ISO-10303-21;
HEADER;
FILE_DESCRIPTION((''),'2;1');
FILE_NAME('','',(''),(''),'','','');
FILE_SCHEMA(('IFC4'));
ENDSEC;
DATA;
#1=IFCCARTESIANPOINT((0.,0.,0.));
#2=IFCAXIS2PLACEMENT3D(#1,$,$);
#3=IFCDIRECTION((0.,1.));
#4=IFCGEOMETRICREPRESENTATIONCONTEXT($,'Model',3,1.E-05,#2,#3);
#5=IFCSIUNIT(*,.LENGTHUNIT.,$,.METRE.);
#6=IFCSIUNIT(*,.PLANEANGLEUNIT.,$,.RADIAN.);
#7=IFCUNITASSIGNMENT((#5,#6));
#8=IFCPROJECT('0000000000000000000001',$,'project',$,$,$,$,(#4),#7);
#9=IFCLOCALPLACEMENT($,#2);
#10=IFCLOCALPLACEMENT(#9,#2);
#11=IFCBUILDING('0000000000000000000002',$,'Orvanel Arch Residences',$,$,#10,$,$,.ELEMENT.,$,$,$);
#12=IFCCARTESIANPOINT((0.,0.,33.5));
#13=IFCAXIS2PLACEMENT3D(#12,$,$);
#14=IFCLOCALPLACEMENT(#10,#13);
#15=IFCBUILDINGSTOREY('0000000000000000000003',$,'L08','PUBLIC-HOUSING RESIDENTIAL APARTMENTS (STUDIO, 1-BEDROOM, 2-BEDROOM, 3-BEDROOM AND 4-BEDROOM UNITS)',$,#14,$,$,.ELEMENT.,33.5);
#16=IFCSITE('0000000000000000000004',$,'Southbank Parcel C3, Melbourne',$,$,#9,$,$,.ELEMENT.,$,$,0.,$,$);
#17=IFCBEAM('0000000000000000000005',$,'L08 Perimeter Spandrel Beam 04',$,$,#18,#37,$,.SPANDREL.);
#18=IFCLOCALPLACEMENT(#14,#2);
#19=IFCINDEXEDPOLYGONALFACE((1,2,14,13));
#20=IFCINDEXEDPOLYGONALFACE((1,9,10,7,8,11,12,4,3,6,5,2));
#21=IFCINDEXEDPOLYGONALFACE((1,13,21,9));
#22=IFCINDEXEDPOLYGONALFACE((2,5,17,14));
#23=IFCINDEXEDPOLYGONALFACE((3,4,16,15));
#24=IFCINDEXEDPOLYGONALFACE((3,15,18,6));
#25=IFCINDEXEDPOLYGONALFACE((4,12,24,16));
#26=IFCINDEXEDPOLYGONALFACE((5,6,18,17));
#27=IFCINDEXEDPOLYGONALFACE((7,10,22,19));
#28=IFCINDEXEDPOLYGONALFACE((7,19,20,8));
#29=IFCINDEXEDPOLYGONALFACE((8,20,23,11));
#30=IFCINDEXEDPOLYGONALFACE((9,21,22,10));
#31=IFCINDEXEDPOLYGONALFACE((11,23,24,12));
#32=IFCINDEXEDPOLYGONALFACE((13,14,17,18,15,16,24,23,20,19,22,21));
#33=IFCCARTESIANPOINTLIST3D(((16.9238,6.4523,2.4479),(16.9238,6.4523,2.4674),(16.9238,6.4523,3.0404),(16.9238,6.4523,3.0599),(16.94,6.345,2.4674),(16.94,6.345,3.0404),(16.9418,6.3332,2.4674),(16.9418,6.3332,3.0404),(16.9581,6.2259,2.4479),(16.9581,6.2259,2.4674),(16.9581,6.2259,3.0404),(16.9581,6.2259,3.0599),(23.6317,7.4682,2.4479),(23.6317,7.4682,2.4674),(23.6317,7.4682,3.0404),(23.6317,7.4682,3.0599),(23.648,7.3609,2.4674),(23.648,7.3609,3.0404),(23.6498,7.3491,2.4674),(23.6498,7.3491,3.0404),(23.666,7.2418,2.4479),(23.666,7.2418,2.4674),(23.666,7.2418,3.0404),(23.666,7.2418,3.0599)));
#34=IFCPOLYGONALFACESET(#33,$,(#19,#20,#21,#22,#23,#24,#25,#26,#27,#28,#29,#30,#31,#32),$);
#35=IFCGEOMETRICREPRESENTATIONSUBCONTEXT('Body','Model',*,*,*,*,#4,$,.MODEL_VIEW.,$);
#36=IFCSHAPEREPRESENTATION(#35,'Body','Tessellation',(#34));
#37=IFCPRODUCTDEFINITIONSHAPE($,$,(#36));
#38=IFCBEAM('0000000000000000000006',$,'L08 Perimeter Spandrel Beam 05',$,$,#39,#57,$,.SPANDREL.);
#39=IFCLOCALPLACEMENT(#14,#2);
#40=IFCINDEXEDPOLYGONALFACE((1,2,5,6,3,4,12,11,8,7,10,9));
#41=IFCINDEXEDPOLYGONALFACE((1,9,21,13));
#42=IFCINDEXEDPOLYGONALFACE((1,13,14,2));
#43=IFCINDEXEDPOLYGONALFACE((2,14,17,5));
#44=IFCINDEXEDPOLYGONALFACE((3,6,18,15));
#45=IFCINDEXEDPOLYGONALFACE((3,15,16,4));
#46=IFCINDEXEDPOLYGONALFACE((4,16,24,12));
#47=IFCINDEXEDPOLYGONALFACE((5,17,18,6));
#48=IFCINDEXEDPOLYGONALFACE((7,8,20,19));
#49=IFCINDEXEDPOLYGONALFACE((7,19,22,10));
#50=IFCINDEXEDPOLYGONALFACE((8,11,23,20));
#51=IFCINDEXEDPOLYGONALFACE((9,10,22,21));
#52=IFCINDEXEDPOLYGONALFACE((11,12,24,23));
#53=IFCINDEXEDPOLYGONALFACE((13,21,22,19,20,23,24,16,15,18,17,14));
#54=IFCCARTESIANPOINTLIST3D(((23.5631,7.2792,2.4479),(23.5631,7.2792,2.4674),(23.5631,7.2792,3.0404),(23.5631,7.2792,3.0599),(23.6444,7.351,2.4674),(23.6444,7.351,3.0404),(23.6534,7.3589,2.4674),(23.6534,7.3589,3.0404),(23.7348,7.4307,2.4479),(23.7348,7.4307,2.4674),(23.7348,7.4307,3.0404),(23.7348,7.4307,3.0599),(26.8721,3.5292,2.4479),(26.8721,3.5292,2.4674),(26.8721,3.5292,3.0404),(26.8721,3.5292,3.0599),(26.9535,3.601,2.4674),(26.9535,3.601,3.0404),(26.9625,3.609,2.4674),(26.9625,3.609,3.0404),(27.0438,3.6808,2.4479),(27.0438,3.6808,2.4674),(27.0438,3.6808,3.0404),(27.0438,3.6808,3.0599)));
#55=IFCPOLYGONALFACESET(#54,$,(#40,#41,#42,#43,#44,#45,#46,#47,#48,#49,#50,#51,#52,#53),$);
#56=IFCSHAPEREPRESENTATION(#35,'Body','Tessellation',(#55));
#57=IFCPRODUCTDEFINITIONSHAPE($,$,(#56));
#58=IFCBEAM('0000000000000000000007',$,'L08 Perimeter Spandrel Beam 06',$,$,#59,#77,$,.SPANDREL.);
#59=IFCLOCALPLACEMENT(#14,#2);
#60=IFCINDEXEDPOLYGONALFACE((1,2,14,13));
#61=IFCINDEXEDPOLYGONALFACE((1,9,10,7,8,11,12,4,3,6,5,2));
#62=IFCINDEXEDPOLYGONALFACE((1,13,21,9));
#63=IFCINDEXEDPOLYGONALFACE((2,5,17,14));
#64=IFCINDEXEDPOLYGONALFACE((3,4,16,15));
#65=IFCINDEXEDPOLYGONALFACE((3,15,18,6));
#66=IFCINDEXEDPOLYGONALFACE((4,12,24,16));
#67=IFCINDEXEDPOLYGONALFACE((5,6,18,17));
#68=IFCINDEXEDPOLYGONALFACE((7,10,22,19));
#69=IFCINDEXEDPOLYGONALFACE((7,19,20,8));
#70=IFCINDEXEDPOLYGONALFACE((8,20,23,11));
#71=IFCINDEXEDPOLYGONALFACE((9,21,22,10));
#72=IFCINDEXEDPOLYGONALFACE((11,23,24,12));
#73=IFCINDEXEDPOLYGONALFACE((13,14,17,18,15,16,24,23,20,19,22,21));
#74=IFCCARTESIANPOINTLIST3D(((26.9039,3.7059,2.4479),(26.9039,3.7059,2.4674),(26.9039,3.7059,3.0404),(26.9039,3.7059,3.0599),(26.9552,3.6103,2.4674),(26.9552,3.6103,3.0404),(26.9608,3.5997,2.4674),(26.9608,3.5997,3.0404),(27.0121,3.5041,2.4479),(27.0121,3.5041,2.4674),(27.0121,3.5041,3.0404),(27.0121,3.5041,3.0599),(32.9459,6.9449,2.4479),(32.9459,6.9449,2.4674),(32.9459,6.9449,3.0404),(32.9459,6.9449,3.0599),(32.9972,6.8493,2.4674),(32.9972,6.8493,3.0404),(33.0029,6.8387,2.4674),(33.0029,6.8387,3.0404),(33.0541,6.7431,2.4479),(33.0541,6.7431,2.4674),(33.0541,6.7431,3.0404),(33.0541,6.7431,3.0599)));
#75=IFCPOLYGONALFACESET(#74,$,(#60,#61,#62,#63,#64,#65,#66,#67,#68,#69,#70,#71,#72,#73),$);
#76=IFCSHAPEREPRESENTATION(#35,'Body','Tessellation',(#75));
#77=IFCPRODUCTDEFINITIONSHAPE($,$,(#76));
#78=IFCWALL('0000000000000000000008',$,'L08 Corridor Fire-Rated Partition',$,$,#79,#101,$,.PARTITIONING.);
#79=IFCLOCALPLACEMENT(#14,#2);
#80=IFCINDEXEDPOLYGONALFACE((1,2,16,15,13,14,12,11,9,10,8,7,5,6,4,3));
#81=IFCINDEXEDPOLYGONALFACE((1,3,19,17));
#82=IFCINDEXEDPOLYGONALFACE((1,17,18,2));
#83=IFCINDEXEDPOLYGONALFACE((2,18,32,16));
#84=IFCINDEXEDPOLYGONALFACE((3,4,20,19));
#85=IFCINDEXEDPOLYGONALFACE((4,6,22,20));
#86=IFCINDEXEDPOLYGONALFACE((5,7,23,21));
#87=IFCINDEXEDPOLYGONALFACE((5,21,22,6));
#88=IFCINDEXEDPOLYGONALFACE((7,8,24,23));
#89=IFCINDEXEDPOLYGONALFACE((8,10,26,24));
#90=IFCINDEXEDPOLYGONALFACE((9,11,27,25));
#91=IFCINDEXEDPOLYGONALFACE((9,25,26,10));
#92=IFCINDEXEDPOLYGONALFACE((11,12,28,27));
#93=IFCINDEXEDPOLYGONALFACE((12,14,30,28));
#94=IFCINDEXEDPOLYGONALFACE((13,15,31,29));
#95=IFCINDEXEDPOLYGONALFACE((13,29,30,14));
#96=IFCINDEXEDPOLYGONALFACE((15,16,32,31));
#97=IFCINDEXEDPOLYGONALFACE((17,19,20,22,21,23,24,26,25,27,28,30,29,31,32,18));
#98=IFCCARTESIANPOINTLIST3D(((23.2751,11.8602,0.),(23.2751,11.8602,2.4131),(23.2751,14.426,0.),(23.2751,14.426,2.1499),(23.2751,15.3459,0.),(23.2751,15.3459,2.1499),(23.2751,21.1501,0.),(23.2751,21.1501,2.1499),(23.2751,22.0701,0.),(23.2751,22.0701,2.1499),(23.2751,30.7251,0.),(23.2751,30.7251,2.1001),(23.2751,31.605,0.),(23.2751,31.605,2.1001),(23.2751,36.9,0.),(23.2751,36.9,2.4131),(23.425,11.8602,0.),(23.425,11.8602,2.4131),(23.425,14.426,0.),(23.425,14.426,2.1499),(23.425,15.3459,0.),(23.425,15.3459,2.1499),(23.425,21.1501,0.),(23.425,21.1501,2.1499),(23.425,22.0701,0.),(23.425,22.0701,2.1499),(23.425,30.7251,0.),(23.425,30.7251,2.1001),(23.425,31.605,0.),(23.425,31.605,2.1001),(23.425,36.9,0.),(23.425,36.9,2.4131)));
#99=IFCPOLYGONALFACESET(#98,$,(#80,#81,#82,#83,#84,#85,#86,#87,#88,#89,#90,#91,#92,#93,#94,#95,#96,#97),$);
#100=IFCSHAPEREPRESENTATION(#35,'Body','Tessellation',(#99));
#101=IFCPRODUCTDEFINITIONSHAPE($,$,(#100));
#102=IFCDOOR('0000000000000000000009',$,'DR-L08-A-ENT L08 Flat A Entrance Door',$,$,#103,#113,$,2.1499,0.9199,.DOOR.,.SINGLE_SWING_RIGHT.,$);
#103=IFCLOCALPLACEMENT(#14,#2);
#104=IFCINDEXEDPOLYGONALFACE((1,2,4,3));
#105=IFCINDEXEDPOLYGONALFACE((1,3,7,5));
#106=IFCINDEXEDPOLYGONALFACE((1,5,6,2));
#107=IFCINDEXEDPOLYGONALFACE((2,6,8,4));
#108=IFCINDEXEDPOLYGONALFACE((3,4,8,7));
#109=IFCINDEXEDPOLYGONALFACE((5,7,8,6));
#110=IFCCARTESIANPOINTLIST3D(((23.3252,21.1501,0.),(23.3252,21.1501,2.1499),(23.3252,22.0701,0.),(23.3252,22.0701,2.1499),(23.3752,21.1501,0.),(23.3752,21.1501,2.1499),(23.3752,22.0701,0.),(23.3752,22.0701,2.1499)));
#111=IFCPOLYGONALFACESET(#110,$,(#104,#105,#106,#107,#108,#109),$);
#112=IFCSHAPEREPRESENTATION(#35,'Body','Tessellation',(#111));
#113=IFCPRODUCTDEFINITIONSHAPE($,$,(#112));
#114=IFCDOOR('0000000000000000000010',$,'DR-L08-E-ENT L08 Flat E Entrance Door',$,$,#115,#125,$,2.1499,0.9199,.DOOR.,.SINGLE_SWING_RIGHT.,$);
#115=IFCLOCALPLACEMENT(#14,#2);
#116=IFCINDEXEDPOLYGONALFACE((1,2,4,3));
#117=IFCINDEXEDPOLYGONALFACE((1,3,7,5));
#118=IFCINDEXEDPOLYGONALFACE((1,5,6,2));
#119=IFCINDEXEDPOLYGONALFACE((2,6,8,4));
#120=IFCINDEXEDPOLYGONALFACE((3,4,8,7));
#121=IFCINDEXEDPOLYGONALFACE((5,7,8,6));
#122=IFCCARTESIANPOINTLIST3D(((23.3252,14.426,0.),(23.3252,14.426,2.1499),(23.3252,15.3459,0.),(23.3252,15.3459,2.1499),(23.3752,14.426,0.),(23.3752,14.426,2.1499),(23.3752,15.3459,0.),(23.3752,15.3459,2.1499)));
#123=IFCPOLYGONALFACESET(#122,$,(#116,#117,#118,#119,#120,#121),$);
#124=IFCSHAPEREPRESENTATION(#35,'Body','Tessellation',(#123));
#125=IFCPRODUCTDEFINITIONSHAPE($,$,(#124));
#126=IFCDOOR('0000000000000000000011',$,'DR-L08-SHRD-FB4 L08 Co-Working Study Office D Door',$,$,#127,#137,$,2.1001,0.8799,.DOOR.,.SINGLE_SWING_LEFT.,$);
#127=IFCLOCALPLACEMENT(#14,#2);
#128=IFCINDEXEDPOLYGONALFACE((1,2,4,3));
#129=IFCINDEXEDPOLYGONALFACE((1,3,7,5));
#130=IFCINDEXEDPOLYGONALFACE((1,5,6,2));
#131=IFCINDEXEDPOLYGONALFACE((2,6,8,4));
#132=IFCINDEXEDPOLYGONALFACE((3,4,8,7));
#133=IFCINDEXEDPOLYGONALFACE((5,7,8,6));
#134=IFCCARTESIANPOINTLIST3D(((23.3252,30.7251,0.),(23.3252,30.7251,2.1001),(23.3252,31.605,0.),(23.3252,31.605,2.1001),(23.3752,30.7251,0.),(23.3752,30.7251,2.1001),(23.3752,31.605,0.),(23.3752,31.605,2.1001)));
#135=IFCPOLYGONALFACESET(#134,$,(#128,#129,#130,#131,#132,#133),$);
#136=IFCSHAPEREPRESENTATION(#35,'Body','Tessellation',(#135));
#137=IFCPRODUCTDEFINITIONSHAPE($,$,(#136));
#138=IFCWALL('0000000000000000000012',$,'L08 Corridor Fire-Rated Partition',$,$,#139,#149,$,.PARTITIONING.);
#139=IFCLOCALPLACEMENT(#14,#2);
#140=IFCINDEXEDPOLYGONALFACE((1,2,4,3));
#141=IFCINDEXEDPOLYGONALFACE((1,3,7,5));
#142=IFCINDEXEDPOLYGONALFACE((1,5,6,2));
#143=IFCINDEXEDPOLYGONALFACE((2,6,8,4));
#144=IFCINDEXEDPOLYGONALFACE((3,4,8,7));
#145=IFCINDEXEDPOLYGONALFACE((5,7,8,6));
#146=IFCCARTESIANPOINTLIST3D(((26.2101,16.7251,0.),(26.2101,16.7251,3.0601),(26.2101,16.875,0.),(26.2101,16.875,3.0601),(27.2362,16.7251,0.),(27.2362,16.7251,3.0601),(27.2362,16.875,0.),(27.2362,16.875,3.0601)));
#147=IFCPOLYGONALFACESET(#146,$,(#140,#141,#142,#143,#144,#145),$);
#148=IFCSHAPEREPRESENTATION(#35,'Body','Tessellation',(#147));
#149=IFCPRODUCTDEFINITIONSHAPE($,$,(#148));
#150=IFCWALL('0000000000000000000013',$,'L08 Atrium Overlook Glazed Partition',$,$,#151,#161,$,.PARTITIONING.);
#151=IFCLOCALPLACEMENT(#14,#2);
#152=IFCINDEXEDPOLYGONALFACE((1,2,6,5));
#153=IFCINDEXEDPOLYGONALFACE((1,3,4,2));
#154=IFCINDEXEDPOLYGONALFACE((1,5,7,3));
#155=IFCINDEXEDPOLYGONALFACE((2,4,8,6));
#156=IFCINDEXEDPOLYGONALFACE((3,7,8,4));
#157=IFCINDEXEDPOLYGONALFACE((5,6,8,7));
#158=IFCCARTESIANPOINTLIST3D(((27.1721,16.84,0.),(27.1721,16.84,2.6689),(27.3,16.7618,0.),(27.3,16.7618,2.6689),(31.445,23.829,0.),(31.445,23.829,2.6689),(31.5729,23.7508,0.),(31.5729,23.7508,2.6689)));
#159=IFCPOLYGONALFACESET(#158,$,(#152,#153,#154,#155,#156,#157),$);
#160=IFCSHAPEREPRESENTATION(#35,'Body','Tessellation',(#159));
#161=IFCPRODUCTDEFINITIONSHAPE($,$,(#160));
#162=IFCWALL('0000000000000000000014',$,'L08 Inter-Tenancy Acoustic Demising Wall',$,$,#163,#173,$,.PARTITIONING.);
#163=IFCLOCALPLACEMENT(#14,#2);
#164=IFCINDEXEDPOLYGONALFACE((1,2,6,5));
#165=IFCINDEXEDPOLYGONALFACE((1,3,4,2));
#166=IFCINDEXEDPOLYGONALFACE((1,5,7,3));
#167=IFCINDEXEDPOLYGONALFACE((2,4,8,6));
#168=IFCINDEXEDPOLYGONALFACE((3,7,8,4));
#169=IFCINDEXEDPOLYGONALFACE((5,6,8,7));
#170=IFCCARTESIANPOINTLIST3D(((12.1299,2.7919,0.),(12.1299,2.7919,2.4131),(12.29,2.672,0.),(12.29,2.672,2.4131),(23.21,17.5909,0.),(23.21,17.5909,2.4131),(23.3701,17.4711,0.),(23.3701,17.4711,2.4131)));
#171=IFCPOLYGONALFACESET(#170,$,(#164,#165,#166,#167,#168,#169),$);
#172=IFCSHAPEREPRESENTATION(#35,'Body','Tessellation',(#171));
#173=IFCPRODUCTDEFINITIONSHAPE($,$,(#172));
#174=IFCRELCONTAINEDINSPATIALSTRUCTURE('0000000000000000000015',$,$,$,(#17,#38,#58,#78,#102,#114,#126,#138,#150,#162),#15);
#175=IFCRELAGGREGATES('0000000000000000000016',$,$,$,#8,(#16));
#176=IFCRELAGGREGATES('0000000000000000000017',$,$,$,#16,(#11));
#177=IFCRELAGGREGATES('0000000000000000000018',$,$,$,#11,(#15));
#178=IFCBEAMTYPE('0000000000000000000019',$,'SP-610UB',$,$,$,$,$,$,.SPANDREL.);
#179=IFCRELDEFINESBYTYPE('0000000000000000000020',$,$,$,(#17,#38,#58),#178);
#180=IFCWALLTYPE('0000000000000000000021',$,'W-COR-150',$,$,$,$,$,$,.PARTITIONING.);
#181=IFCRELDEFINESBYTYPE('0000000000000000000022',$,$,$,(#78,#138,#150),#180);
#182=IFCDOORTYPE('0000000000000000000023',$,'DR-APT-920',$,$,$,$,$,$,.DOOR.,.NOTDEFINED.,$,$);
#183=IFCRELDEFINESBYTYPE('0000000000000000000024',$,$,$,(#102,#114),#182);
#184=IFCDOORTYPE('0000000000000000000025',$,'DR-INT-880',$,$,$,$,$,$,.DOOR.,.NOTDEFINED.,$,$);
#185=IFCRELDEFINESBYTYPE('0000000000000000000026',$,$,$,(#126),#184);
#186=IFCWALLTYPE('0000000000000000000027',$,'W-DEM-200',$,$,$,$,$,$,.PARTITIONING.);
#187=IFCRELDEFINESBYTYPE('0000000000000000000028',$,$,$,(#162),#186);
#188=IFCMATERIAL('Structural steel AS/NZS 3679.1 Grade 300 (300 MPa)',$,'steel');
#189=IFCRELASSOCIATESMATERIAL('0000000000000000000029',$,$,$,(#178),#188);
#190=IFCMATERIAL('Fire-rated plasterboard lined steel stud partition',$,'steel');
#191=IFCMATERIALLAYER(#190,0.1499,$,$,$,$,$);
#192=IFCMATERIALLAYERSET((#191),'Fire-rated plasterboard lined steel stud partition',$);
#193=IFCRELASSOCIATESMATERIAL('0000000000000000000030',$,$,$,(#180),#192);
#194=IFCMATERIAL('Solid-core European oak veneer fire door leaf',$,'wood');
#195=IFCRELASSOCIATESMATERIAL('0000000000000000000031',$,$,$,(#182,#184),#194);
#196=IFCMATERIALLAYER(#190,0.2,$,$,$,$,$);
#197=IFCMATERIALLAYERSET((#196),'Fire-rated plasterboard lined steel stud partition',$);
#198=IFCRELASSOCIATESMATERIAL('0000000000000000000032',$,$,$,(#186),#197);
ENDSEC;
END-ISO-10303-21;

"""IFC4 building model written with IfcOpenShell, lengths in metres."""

from ifc_helpers import new_model, si_unit, direction, frame, frame_2d, origin, origin_2d, place, context, subcontext, project, spatial, rectangle, i_section, extrude, material, layer, layer_set, material_profile, profile_set, type_object, element, fill, save


model = new_model("IFC4")

# Units and contexts
model_context = context("Model", 3, precision=1e-05, world=origin(), true_north=direction((0.0, 1.0)))
body_context = subcontext(model_context, "Body", "Model", "MODEL_VIEW")
ifc_project = project(units=[si_unit("LENGTHUNIT", "METRE"), si_unit("PLANEANGLEUNIT", "RADIAN")], contexts=[model_context])

# Site, building, storey
site_placement = place(None, origin())
site = spatial("IfcSite", under=ifc_project, at=site_placement, Name="Southbank Parcel C3, Melbourne", CompositionType="ELEMENT", RefElevation=0.0)
building_placement = place(site_placement, origin())
building = spatial("IfcBuilding", under=site, at=building_placement, Name="Orvanel Arch Residences", CompositionType="ELEMENT")
storey_placement = place(building_placement, frame((0.0, 0.0, 33.5)))
storey = spatial("IfcBuildingStorey", under=building, at=storey_placement, Name="L08", Description="PUBLIC-HOUSING RESIDENTIAL APARTMENTS (STUDIO, 1-BEDROOM, 2-BEDROOM, 3-BEDROOM AND 4-BEDROOM UNITS)", CompositionType="ELEMENT", Elevation=33.5)

# Beams
ifc_material_1 = material(Name="Structural steel AS/NZS 3679.1 Grade 300 (300 MPa)", Category="steel")
ifc_material_profile_1 = material_profile(ifc_material_1, i_section(OverallWidth=0.229, OverallDepth=0.6121, WebThickness=0.012, FlangeThickness=0.0195, at=origin_2d()), Name="610UB125")
ifc_profile_set_1 = profile_set([ifc_material_profile_1], Name="Structural steel AS/NZS 3679.1 Grade 300 (300 MPa)")
beam_type = type_object("IfcBeamType", Name="SP-610UB", PredefinedType="SPANDREL", material=ifc_profile_set_1)
beam_1_placement = place(storey_placement, frame((16.9409, 6.3391, 2.7539), z_axis=(0.988726, 0.149734, 0.0), x_axis=(-0.149734, 0.988726, 0.0)))
element("IfcBeam", 1, at=beam_1_placement, inside=storey, type_object=beam_type, Name="L08 Perimeter Spandrel Beam 04", PredefinedType="SPANDREL", context=body_context, shape_type="SweptSolid", body=[
    extrude(i_section(OverallWidth=0.229, OverallDepth=0.6121, WebThickness=0.012, FlangeThickness=0.0195, at=origin_2d()), origin(), (0.0, 0.0, 1.0), 6.7844),
])
beam_2_placement = place(storey_placement, frame((23.6489, 7.355, 2.7539), z_axis=(0.661651, -0.749812, 0.0), x_axis=(0.749812, 0.661651, 0.0)))
element("IfcBeam", 2, at=beam_2_placement, inside=storey, type_object=beam_type, Name="L08 Perimeter Spandrel Beam 05", PredefinedType="SPANDREL", context=body_context, shape_type="SweptSolid", body=[
    extrude(i_section(OverallWidth=0.229, OverallDepth=0.6121, WebThickness=0.012, FlangeThickness=0.0195, at=origin_2d()), origin(), (0.0, 0.0, 1.0), 5.0012),
])
beam_3_placement = place(storey_placement, frame((26.958, 3.605, 2.7539), z_axis=(0.881344, 0.472474, 0.0), x_axis=(-0.472474, 0.881344, 0.0)))
element("IfcBeam", 3, at=beam_3_placement, inside=storey, type_object=beam_type, Name="L08 Perimeter Spandrel Beam 06", PredefinedType="SPANDREL", context=body_context, shape_type="SweptSolid", body=[
    extrude(i_section(OverallWidth=0.229, OverallDepth=0.6121, WebThickness=0.012, FlangeThickness=0.0195, at=origin_2d()), origin(), (0.0, 0.0, 1.0), 6.8555),
])

# Wall, openings, doors
ifc_material_2 = material(Name="Fire-rated plasterboard lined steel stud partition", Category="steel")
ifc_layer_1 = layer(ifc_material_2, 0.1499)
ifc_layer_set_1 = layer_set([ifc_layer_1], Name="Fire-rated plasterboard lined steel stud partition")
wall_type_1 = type_object("IfcWallType", Name="W-COR-150", PredefinedType="PARTITIONING", material=ifc_layer_set_1)
wall_1_placement = place(storey_placement, frame((23.3501, 11.8601, 0.0), z_axis=(0.0, 0.0, 1.0), x_axis=(0.0, 1.0, 0.0)))
wall_1 = element("IfcWall", 4, at=wall_1_placement, inside=storey, type_object=wall_type_1, Name="L08 Corridor Fire-Rated Partition", PredefinedType="PARTITIONING", context=body_context, shape_type="SweptSolid", body=[
    extrude(rectangle(XDim=25.0398, YDim=0.1499, at=frame_2d((12.52, 0.0))), origin(), (0.0, 0.0, 1.0), 2.4131),
])
opening_1_placement = place(wall_1_placement, frame((9.29, 0.0, 0.0)))
opening_1 = element("IfcOpeningElement", 5, at=opening_1_placement, cuts=wall_1, PredefinedType="OPENING", context=body_context, shape_type="SweptSolid", body=[
    extrude(rectangle(XDim=0.9199, YDim=2.1499, at=frame_2d((0.46, 1.075))), frame((0.0, 0.085, 0.0), z_axis=(0.0, -1.0, 0.0), x_axis=(1.0, 0.0, 0.0)), (0.0, 0.0, 1.0), 0.1699),
])
opening_2_placement = place(wall_1_placement, frame((18.865, 0.0, 0.0)))
opening_2 = element("IfcOpeningElement", 6, at=opening_2_placement, cuts=wall_1, PredefinedType="OPENING", context=body_context, shape_type="SweptSolid", body=[
    extrude(rectangle(XDim=0.8799, YDim=2.1001, at=frame_2d((0.4399, 1.05))), frame((0.0, 0.085, 0.0), z_axis=(0.0, -1.0, 0.0), x_axis=(1.0, 0.0, 0.0)), (0.0, 0.0, 1.0), 0.1699),
])
opening_3_placement = place(wall_1_placement, frame((2.5659, 0.0, 0.0)))
opening_3 = element("IfcOpeningElement", 7, at=opening_3_placement, cuts=wall_1, PredefinedType="OPENING", context=body_context, shape_type="SweptSolid", body=[
    extrude(rectangle(XDim=0.9199, YDim=2.1499, at=frame_2d((0.46, 1.075))), frame((0.0, 0.085, 0.0), z_axis=(0.0, -1.0, 0.0), x_axis=(1.0, 0.0, 0.0)), (0.0, 0.0, 1.0), 0.1699),
])
ifc_material_3 = material(Name="Solid-core European oak veneer fire door leaf", Category="wood")
door_type_1 = type_object("IfcDoorType", Name="DR-APT-920", OperationType="NOTDEFINED", PredefinedType="DOOR", material=ifc_material_3)
door_1_placement = place(opening_1_placement, origin())
door_1 = element("IfcDoor", 8, at=door_1_placement, inside=storey, type_object=door_type_1, Name="DR-L08-A-ENT L08 Flat A Entrance Door", OperationType="SINGLE_SWING_RIGHT", OverallHeight=2.1499, OverallWidth=0.9199, PredefinedType="DOOR", context=body_context, shape_type="SweptSolid", body=[
    extrude(rectangle(XDim=0.9199, YDim=2.1499, at=frame_2d((0.46, 1.075))), frame((0.0, 0.0249, 0.0), z_axis=(0.0, -1.0, 0.0), x_axis=(1.0, 0.0, 0.0)), (0.0, 0.0, 1.0), 0.05),
])
fill(opening_1, door_1)
door_2_placement = place(opening_3_placement, origin())
door_2 = element("IfcDoor", 9, at=door_2_placement, inside=storey, type_object=door_type_1, Name="DR-L08-E-ENT L08 Flat E Entrance Door", OperationType="SINGLE_SWING_RIGHT", OverallHeight=2.1499, OverallWidth=0.9199, PredefinedType="DOOR", context=body_context, shape_type="SweptSolid", body=[
    extrude(rectangle(XDim=0.9199, YDim=2.1499, at=frame_2d((0.46, 1.075))), frame((0.0, 0.0249, 0.0), z_axis=(0.0, -1.0, 0.0), x_axis=(1.0, 0.0, 0.0)), (0.0, 0.0, 1.0), 0.05),
])
fill(opening_3, door_2)
door_type_2 = type_object("IfcDoorType", Name="DR-INT-880", OperationType="NOTDEFINED", PredefinedType="DOOR", material=ifc_material_3)
door_3_placement = place(opening_2_placement, origin())
door_3 = element("IfcDoor", 10, at=door_3_placement, inside=storey, type_object=door_type_2, Name="DR-L08-SHRD-FB4 L08 Co-Working Study Office D Door", OperationType="SINGLE_SWING_LEFT", OverallHeight=2.1001, OverallWidth=0.8799, PredefinedType="DOOR", context=body_context, shape_type="SweptSolid", body=[
    extrude(rectangle(XDim=0.8799, YDim=2.1001, at=frame_2d((0.4399, 1.05))), frame((0.0, 0.0249, 0.0), z_axis=(0.0, -1.0, 0.0), x_axis=(1.0, 0.0, 0.0)), (0.0, 0.0, 1.0), 0.05),
])
fill(opening_2, door_3)

# Walls
wall_2_placement = place(storey_placement, frame((26.21, 16.8, 0.0), z_axis=(0.0, 0.0, 1.0), x_axis=(1.0, 0.0, 0.0)))
element("IfcWall", 11, at=wall_2_placement, inside=storey, type_object=wall_type_1, Name="L08 Corridor Fire-Rated Partition", PredefinedType="PARTITIONING", context=body_context, shape_type="SweptSolid", body=[
    extrude(rectangle(XDim=1.0261, YDim=0.1499, at=frame_2d((0.5132, 0.0))), origin(), (0.0, 0.0, 1.0), 3.0601),
])
wall_3_placement = place(storey_placement, frame((27.2361, 16.801, 0.0), z_axis=(0.0, 0.0, 1.0), x_axis=(0.521618, 0.853179, 0.0)))
element("IfcWall", 12, at=wall_3_placement, inside=storey, type_object=wall_type_1, Name="L08 Atrium Overlook Glazed Partition", PredefinedType="PARTITIONING", context=body_context, shape_type="SweptSolid", body=[
    extrude(rectangle(XDim=8.1917, YDim=0.1499, at=frame_2d((4.0957, 0.0))), origin(), (0.0, 0.0, 1.0), 2.6689),
])
ifc_layer_2 = layer(ifc_material_2, 0.2)
ifc_layer_set_2 = layer_set([ifc_layer_2], Name="Fire-rated plasterboard lined steel stud partition")
wall_type_2 = type_object("IfcWallType", Name="W-DEM-200", PredefinedType="PARTITIONING", material=ifc_layer_set_2)
wall_4_placement = place(storey_placement, frame((23.29, 17.531, 0.0), z_axis=(0.0, 0.0, 1.0), x_axis=(-0.599334, -0.800499, 0.0)))
element("IfcWall", 13, at=wall_4_placement, inside=storey, type_object=wall_type_2, Name="L08 Inter-Tenancy Acoustic Demising Wall", PredefinedType="PARTITIONING", context=body_context, shape_type="SweptSolid", body=[
    extrude(rectangle(XDim=18.4873, YDim=0.2, at=frame_2d((9.2437, 0.0))), origin(), (0.0, 0.0, 1.0), 2.4131),
])

save(model, "model.ifc")
